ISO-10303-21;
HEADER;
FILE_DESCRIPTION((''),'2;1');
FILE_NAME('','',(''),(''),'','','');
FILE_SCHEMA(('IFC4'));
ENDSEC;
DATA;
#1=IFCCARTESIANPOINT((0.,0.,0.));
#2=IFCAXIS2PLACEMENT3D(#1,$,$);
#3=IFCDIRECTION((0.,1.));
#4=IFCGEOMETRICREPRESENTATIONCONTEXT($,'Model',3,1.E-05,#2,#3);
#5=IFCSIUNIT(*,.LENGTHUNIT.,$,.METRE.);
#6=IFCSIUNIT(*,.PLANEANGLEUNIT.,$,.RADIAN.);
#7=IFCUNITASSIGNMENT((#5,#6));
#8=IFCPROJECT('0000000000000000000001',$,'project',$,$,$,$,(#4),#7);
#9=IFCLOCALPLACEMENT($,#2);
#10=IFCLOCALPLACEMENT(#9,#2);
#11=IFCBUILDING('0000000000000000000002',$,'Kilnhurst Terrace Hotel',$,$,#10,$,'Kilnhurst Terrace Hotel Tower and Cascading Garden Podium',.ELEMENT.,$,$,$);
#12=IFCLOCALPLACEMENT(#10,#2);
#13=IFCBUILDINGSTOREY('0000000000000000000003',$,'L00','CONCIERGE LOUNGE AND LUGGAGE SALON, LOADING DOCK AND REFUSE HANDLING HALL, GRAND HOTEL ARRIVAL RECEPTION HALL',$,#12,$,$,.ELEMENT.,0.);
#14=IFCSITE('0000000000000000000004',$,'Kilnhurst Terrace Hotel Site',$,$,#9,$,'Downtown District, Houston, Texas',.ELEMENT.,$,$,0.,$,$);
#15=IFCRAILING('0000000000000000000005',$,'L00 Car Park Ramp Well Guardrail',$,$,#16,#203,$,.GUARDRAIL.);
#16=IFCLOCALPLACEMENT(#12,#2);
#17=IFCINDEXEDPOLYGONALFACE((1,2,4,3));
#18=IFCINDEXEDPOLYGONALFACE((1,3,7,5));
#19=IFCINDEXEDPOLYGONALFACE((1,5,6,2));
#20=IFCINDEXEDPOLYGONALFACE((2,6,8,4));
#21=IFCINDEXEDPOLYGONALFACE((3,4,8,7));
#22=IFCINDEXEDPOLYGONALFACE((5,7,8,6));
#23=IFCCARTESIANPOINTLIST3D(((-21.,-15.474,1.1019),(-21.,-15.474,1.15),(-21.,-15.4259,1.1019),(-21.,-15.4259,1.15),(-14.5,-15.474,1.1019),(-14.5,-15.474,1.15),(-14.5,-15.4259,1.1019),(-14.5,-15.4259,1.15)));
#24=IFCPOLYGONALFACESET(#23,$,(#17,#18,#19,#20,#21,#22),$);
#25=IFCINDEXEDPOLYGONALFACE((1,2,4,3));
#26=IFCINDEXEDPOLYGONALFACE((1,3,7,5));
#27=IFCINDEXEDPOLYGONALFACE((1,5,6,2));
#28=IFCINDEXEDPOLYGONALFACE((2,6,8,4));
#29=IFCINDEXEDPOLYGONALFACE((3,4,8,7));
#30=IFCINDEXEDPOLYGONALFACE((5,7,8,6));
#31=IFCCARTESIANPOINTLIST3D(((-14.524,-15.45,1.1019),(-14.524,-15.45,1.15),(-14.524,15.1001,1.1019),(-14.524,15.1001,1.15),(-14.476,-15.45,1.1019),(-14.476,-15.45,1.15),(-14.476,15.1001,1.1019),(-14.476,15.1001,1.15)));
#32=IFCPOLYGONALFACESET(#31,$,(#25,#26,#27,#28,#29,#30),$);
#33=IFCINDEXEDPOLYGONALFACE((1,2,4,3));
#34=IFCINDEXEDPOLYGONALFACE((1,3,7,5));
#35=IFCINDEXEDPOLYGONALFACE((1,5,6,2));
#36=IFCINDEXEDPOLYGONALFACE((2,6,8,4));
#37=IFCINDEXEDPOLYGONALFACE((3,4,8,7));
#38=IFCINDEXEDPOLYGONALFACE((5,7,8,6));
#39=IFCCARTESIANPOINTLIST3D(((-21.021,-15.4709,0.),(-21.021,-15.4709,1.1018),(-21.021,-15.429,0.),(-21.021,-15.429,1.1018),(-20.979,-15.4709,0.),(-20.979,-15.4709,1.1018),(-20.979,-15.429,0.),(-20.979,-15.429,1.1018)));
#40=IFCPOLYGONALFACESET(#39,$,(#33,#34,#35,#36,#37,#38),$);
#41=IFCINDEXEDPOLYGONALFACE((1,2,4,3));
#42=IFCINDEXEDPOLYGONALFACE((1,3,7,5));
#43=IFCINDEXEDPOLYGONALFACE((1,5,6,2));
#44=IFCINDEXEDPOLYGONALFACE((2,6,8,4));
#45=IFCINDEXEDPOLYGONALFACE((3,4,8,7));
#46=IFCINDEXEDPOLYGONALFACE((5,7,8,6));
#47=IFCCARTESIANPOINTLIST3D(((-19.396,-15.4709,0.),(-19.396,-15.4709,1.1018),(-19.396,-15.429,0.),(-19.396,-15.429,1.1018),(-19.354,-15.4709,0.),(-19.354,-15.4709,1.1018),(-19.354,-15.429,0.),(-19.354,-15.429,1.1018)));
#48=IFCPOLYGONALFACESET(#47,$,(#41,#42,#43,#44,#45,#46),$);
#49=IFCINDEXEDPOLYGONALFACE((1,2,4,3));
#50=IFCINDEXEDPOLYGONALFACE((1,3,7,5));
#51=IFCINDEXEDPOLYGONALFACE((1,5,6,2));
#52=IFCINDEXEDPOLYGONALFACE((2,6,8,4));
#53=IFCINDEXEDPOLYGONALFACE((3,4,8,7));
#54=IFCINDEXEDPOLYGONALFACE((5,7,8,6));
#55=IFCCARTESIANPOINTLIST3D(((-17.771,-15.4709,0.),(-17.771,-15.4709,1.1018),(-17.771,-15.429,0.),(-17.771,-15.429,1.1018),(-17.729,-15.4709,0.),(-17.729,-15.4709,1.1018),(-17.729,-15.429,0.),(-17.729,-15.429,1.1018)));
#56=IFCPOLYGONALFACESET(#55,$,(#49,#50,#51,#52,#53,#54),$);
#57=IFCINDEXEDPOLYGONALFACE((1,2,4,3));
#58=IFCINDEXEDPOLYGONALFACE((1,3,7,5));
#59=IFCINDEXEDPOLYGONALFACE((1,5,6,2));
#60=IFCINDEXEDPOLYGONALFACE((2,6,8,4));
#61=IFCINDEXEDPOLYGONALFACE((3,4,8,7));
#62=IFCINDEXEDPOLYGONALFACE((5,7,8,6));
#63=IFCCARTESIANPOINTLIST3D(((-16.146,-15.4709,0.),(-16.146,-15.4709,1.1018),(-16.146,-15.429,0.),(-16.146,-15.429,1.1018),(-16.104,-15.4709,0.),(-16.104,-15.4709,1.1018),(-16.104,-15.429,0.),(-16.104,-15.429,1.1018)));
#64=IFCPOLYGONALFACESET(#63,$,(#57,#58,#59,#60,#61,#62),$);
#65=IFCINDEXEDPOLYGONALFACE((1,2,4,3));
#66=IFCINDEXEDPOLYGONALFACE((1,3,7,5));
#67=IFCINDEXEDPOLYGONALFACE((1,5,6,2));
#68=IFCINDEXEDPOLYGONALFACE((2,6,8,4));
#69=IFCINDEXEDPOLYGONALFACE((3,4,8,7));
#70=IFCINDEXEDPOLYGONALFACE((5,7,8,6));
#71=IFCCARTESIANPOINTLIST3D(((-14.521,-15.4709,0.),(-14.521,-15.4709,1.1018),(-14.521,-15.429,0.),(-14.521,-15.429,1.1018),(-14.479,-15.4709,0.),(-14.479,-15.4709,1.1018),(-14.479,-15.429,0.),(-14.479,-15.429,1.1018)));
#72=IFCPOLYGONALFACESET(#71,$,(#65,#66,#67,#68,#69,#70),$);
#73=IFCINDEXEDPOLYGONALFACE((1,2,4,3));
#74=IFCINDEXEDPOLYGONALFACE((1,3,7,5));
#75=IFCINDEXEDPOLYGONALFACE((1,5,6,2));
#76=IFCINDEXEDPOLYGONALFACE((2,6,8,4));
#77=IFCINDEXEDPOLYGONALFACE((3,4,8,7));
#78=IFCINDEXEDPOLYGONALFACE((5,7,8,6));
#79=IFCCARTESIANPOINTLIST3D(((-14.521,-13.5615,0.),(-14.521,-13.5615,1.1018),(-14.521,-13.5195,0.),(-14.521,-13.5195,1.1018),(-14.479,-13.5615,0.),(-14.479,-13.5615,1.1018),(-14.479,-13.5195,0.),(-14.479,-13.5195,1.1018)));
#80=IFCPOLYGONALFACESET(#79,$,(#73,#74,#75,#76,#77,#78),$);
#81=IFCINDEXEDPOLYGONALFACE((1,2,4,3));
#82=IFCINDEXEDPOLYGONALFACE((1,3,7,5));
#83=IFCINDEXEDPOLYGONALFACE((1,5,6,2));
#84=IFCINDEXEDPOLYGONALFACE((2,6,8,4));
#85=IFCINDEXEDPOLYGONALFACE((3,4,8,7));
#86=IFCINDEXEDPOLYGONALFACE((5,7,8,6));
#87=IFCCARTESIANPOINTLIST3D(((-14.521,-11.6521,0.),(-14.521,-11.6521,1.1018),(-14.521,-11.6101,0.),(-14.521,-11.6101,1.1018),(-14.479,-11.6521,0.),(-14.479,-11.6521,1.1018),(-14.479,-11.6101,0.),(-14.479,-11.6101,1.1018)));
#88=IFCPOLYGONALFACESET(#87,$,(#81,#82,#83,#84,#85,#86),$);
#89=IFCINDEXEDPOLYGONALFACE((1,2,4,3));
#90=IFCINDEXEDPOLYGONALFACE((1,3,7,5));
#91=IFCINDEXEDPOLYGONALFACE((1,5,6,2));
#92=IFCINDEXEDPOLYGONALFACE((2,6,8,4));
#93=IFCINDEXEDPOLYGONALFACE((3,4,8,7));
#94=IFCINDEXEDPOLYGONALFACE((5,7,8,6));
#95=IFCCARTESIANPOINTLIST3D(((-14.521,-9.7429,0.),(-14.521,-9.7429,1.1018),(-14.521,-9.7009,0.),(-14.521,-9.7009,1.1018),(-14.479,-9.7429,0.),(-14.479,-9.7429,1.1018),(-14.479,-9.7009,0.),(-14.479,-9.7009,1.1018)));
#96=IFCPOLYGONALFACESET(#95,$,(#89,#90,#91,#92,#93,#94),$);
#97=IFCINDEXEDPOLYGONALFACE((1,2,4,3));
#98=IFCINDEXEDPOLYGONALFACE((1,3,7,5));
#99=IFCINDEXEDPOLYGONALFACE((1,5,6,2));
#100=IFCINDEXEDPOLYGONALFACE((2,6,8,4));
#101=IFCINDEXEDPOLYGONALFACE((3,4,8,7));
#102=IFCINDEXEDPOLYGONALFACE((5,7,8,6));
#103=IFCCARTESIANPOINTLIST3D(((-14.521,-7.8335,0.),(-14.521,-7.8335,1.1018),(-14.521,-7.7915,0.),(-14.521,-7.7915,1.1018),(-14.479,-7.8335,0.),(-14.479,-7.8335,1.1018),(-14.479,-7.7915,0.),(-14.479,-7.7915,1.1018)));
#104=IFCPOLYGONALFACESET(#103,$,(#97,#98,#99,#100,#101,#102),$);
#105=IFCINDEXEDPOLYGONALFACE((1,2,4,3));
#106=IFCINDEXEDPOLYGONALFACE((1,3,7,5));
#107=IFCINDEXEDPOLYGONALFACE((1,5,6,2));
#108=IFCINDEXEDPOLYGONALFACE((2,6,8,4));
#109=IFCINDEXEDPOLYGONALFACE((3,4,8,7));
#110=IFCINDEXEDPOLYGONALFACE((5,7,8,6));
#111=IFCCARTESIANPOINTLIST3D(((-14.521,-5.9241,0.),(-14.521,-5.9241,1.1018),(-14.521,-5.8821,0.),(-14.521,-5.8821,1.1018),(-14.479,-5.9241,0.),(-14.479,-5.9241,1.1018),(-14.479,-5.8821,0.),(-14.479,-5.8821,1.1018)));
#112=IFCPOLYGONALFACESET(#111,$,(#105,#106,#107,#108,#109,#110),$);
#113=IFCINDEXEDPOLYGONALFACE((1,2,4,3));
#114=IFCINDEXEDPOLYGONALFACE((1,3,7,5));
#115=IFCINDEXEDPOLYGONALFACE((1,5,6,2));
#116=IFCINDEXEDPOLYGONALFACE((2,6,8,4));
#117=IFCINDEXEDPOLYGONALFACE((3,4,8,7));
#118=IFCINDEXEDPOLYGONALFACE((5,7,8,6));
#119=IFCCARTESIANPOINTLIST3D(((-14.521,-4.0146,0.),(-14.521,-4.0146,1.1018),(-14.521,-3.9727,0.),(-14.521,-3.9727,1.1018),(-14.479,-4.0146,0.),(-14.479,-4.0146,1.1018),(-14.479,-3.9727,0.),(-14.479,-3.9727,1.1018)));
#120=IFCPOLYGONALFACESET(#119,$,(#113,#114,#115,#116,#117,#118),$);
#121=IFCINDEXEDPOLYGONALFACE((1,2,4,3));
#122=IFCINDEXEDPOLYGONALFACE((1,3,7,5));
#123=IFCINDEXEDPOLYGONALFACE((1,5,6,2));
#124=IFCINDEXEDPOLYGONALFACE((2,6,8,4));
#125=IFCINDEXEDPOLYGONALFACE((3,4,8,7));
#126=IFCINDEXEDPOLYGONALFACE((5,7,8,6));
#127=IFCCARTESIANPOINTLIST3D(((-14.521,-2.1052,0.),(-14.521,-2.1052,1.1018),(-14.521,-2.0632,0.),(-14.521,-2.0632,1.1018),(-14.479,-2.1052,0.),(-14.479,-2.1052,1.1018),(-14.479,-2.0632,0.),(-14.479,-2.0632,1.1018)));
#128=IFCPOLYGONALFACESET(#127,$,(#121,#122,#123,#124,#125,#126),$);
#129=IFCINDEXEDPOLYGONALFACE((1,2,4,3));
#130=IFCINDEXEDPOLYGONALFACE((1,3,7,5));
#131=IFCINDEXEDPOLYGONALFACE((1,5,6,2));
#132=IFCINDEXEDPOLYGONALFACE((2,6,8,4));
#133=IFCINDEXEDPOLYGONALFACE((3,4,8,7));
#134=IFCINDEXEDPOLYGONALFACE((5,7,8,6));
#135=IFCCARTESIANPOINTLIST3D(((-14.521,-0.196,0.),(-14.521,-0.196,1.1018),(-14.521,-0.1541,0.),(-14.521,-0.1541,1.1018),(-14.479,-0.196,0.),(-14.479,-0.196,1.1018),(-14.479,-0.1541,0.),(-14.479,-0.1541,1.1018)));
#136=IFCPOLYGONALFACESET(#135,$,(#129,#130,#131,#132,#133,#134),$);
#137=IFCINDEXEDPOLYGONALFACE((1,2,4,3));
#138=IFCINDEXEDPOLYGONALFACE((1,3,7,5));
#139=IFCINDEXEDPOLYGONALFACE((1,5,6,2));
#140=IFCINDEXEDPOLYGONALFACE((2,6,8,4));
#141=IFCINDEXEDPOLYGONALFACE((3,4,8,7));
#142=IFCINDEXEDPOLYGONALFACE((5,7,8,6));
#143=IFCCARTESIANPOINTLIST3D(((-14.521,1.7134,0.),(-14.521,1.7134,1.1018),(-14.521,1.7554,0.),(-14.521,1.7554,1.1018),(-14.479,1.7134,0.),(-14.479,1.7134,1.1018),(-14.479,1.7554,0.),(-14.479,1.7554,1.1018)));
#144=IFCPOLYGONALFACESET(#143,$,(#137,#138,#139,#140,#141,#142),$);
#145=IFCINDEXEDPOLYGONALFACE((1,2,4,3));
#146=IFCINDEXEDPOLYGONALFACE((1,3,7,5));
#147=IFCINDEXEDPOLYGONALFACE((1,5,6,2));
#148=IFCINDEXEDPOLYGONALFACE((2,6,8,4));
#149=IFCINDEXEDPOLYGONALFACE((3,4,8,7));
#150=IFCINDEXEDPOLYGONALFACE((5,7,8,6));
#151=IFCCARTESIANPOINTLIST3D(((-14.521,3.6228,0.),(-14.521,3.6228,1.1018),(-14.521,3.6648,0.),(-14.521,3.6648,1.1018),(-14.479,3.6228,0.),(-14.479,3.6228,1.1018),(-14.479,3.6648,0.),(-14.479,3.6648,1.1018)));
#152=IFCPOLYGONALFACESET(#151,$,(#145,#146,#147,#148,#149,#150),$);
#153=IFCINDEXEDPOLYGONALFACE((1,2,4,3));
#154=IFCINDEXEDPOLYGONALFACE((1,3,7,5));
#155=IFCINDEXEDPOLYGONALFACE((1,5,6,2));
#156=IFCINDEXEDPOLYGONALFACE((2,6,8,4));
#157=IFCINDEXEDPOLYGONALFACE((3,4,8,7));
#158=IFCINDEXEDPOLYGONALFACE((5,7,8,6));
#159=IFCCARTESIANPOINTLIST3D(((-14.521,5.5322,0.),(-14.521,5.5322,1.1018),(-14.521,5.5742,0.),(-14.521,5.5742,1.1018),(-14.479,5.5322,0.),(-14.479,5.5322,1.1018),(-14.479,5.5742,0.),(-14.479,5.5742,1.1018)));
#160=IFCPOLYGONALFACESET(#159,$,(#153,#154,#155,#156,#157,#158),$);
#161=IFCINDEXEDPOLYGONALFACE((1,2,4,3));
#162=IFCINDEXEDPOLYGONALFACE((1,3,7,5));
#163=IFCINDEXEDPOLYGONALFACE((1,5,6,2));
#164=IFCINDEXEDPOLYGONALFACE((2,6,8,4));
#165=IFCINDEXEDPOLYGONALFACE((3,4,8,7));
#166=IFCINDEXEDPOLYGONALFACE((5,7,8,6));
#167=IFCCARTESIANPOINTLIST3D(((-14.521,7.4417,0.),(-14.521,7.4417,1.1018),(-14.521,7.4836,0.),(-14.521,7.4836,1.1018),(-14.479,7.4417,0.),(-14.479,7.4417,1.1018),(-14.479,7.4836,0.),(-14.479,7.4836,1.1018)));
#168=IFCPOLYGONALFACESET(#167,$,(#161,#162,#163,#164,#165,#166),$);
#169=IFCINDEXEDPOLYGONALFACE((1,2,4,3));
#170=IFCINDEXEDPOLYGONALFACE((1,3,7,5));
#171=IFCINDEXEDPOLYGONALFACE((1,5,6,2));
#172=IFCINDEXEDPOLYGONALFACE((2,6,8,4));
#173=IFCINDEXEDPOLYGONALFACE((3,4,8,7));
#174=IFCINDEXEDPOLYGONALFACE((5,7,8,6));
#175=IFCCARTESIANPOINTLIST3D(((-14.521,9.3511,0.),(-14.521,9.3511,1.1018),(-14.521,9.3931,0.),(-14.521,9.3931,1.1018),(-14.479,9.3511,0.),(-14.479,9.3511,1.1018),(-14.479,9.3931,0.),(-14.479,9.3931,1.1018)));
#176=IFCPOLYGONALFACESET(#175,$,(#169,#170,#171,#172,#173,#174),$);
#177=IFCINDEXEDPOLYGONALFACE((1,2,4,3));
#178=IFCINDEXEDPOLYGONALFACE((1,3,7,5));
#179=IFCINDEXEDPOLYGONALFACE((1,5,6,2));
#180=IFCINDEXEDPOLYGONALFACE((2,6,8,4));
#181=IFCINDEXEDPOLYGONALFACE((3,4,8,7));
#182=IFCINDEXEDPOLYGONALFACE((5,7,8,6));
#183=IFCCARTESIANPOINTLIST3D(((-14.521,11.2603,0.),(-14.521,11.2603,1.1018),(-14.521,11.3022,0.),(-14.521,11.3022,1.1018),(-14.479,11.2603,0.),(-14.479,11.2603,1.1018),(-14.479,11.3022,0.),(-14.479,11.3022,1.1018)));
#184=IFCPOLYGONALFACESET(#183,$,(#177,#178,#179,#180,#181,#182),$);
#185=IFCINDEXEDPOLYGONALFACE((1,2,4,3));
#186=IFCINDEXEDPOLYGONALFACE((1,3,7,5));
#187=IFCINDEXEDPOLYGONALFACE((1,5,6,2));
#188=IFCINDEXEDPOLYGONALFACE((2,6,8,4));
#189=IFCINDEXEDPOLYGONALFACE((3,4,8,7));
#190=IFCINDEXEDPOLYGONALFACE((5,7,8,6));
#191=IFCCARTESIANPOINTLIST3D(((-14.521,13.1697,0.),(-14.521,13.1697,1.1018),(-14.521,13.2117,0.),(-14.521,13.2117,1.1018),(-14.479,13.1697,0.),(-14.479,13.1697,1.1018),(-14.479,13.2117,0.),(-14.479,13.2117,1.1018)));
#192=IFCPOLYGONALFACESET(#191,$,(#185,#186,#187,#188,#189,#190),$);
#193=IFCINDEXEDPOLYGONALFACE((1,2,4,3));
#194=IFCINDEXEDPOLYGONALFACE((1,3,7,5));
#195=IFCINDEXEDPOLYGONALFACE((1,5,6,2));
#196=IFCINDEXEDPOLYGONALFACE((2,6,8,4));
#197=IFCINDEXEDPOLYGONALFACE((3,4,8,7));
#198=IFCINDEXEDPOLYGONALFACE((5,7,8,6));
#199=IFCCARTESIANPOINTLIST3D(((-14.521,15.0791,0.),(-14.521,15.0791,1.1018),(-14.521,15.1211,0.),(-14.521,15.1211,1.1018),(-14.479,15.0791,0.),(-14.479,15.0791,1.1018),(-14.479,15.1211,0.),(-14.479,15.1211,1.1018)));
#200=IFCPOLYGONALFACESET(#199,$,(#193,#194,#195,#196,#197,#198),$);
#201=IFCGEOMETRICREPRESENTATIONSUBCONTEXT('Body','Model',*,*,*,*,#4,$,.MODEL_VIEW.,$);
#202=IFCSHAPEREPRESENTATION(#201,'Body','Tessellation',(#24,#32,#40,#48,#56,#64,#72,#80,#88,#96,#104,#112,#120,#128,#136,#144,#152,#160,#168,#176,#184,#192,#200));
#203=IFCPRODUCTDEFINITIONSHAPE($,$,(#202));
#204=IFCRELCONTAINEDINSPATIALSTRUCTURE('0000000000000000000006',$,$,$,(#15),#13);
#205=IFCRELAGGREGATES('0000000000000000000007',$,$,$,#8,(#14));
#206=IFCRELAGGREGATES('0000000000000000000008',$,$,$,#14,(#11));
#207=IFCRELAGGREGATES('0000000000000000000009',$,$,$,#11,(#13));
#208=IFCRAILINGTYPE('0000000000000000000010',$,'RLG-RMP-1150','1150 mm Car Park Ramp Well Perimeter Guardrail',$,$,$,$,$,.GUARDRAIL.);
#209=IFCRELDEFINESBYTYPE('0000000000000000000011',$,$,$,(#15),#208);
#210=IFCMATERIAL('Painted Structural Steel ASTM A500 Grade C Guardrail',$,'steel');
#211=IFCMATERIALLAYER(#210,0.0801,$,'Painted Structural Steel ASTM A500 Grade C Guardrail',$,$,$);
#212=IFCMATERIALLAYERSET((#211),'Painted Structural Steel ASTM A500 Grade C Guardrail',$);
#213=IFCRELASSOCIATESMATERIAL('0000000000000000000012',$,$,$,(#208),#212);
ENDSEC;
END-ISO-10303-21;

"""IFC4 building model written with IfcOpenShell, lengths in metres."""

from ifc_helpers import new_model, si_unit, direction, frame, origin, origin_2d, place, context, subcontext, project, spatial, rectangle, extrude, material, layer, layer_set, type_object, element, save


model = new_model("IFC4")

# Units and contexts
model_context = context("Model", 3, precision=1e-05, world=origin(), true_north=direction((0.0, 1.0)))
body_context = subcontext(model_context, "Body", "Model", "MODEL_VIEW")
ifc_project = project(units=[si_unit("LENGTHUNIT", "METRE"), si_unit("PLANEANGLEUNIT", "RADIAN")], contexts=[model_context])

# Site, building, storey
site_placement = place(None, origin())
site = spatial("IfcSite", under=ifc_project, at=site_placement, Name="Kilnhurst Terrace Hotel Site", LongName="Downtown District, Houston, Texas", CompositionType="ELEMENT", RefElevation=0.0)
building_placement = place(site_placement, origin())
building = spatial("IfcBuilding", under=site, at=building_placement, Name="Kilnhurst Terrace Hotel", LongName="Kilnhurst Terrace Hotel Tower and Cascading Garden Podium", CompositionType="ELEMENT")
storey_placement = place(building_placement, origin())
storey = spatial("IfcBuildingStorey", under=building, at=storey_placement, Name="L00", Description="CONCIERGE LOUNGE AND LUGGAGE SALON, LOADING DOCK AND REFUSE HANDLING HALL, GRAND HOTEL ARRIVAL RECEPTION HALL", CompositionType="ELEMENT", Elevation=0.0)

# Railing
ifc_material_1 = material(Name="Painted Structural Steel ASTM A500 Grade C Guardrail", Category="steel")
ifc_layer_1 = layer(ifc_material_1, 0.0801, Name="Painted Structural Steel ASTM A500 Grade C Guardrail")
ifc_layer_set_1 = layer_set([ifc_layer_1], Name="Painted Structural Steel ASTM A500 Grade C Guardrail")
railing_type = type_object("IfcRailingType", Name="RLG-RMP-1150", Description="1150 mm Car Park Ramp Well Perimeter Guardrail", PredefinedType="GUARDRAIL", material=ifc_layer_set_1)
railing_placement = place(storey_placement, frame((-21.0, -15.45, 0.0)))
element("IfcRailing", 1, at=railing_placement, inside=storey, type_object=railing_type, Name="L00 Car Park Ramp Well Guardrail", PredefinedType="GUARDRAIL", context=body_context, shape_type="SweptSolid", body=[
    extrude(rectangle(XDim=0.0481, YDim=0.0481, at=origin_2d()), frame((0.0, 0.0, 1.126), z_axis=(1.0, 0.0, 0.0), x_axis=(0.0, 1.0, 0.0)), (0.0, 0.0, 1.0), 6.5),
    extrude(rectangle(XDim=0.0481, YDim=0.0481, at=origin_2d()), frame((6.5, 0.0, 1.126), z_axis=(0.0, 1.0, 0.0), x_axis=(-1.0, 0.0, 0.0)), (0.0, 0.0, 1.0), 30.55),
    extrude(rectangle(XDim=0.042, YDim=0.042, at=origin_2d()), origin(), (0.0, 0.0, 1.0), 1.1018),
    extrude(rectangle(XDim=0.042, YDim=0.042, at=origin_2d()), frame((1.625, 0.0, 0.0)), (0.0, 0.0, 1.0), 1.1018),
    extrude(rectangle(XDim=0.042, YDim=0.042, at=origin_2d()), frame((3.25, 0.0, 0.0)), (0.0, 0.0, 1.0), 1.1018),
    extrude(rectangle(XDim=0.042, YDim=0.042, at=origin_2d()), frame((4.875, 0.0, 0.0)), (0.0, 0.0, 1.0), 1.1018),
    extrude(rectangle(XDim=0.042, YDim=0.042, at=origin_2d()), frame((6.5, 0.0, 0.0)), (0.0, 0.0, 1.0), 1.1018),
    extrude(rectangle(XDim=0.042, YDim=0.042, at=origin_2d()), frame((6.5, 1.9094, 0.0)), (0.0, 0.0, 1.0), 1.1018),
    extrude(rectangle(XDim=0.042, YDim=0.042, at=origin_2d()), frame((6.5, 3.8188, 0.0)), (0.0, 0.0, 1.0), 1.1018),
    extrude(rectangle(XDim=0.042, YDim=0.042, at=origin_2d()), frame((6.5, 5.728, 0.0)), (0.0, 0.0, 1.0), 1.1018),
    extrude(rectangle(XDim=0.042, YDim=0.042, at=origin_2d()), frame((6.5, 7.6375, 0.0)), (0.0, 0.0, 1.0), 1.1018),
    extrude(rectangle(XDim=0.042, YDim=0.042, at=origin_2d()), frame((6.5, 9.5469, 0.0)), (0.0, 0.0, 1.0), 1.1018),
    extrude(rectangle(XDim=0.042, YDim=0.042, at=origin_2d()), frame((6.5, 11.4563, 0.0)), (0.0, 0.0, 1.0), 1.1018),
    extrude(rectangle(XDim=0.042, YDim=0.042, at=origin_2d()), frame((6.5, 13.3657, 0.0)), (0.0, 0.0, 1.0), 1.1018),
    extrude(rectangle(XDim=0.042, YDim=0.042, at=origin_2d()), frame((6.5, 15.2749, 0.0)), (0.0, 0.0, 1.0), 1.1018),
    extrude(rectangle(XDim=0.042, YDim=0.042, at=origin_2d()), frame((6.5, 17.1843, 0.0)), (0.0, 0.0, 1.0), 1.1018),
    extrude(rectangle(XDim=0.042, YDim=0.042, at=origin_2d()), frame((6.5, 19.0938, 0.0)), (0.0, 0.0, 1.0), 1.1018),
    extrude(rectangle(XDim=0.042, YDim=0.042, at=origin_2d()), frame((6.5, 21.0032, 0.0)), (0.0, 0.0, 1.0), 1.1018),
    extrude(rectangle(XDim=0.042, YDim=0.042, at=origin_2d()), frame((6.5, 22.9126, 0.0)), (0.0, 0.0, 1.0), 1.1018),
    extrude(rectangle(XDim=0.042, YDim=0.042, at=origin_2d()), frame((6.5, 24.822, 0.0)), (0.0, 0.0, 1.0), 1.1018),
    extrude(rectangle(XDim=0.042, YDim=0.042, at=origin_2d()), frame((6.5, 26.7312, 0.0)), (0.0, 0.0, 1.0), 1.1018),
    extrude(rectangle(XDim=0.042, YDim=0.042, at=origin_2d()), frame((6.5, 28.6406, 0.0)), (0.0, 0.0, 1.0), 1.1018),
    extrude(rectangle(XDim=0.042, YDim=0.042, at=origin_2d()), frame((6.5, 30.55, 0.0)), (0.0, 0.0, 1.0), 1.1018),
])

save(model, "model.ifc")
